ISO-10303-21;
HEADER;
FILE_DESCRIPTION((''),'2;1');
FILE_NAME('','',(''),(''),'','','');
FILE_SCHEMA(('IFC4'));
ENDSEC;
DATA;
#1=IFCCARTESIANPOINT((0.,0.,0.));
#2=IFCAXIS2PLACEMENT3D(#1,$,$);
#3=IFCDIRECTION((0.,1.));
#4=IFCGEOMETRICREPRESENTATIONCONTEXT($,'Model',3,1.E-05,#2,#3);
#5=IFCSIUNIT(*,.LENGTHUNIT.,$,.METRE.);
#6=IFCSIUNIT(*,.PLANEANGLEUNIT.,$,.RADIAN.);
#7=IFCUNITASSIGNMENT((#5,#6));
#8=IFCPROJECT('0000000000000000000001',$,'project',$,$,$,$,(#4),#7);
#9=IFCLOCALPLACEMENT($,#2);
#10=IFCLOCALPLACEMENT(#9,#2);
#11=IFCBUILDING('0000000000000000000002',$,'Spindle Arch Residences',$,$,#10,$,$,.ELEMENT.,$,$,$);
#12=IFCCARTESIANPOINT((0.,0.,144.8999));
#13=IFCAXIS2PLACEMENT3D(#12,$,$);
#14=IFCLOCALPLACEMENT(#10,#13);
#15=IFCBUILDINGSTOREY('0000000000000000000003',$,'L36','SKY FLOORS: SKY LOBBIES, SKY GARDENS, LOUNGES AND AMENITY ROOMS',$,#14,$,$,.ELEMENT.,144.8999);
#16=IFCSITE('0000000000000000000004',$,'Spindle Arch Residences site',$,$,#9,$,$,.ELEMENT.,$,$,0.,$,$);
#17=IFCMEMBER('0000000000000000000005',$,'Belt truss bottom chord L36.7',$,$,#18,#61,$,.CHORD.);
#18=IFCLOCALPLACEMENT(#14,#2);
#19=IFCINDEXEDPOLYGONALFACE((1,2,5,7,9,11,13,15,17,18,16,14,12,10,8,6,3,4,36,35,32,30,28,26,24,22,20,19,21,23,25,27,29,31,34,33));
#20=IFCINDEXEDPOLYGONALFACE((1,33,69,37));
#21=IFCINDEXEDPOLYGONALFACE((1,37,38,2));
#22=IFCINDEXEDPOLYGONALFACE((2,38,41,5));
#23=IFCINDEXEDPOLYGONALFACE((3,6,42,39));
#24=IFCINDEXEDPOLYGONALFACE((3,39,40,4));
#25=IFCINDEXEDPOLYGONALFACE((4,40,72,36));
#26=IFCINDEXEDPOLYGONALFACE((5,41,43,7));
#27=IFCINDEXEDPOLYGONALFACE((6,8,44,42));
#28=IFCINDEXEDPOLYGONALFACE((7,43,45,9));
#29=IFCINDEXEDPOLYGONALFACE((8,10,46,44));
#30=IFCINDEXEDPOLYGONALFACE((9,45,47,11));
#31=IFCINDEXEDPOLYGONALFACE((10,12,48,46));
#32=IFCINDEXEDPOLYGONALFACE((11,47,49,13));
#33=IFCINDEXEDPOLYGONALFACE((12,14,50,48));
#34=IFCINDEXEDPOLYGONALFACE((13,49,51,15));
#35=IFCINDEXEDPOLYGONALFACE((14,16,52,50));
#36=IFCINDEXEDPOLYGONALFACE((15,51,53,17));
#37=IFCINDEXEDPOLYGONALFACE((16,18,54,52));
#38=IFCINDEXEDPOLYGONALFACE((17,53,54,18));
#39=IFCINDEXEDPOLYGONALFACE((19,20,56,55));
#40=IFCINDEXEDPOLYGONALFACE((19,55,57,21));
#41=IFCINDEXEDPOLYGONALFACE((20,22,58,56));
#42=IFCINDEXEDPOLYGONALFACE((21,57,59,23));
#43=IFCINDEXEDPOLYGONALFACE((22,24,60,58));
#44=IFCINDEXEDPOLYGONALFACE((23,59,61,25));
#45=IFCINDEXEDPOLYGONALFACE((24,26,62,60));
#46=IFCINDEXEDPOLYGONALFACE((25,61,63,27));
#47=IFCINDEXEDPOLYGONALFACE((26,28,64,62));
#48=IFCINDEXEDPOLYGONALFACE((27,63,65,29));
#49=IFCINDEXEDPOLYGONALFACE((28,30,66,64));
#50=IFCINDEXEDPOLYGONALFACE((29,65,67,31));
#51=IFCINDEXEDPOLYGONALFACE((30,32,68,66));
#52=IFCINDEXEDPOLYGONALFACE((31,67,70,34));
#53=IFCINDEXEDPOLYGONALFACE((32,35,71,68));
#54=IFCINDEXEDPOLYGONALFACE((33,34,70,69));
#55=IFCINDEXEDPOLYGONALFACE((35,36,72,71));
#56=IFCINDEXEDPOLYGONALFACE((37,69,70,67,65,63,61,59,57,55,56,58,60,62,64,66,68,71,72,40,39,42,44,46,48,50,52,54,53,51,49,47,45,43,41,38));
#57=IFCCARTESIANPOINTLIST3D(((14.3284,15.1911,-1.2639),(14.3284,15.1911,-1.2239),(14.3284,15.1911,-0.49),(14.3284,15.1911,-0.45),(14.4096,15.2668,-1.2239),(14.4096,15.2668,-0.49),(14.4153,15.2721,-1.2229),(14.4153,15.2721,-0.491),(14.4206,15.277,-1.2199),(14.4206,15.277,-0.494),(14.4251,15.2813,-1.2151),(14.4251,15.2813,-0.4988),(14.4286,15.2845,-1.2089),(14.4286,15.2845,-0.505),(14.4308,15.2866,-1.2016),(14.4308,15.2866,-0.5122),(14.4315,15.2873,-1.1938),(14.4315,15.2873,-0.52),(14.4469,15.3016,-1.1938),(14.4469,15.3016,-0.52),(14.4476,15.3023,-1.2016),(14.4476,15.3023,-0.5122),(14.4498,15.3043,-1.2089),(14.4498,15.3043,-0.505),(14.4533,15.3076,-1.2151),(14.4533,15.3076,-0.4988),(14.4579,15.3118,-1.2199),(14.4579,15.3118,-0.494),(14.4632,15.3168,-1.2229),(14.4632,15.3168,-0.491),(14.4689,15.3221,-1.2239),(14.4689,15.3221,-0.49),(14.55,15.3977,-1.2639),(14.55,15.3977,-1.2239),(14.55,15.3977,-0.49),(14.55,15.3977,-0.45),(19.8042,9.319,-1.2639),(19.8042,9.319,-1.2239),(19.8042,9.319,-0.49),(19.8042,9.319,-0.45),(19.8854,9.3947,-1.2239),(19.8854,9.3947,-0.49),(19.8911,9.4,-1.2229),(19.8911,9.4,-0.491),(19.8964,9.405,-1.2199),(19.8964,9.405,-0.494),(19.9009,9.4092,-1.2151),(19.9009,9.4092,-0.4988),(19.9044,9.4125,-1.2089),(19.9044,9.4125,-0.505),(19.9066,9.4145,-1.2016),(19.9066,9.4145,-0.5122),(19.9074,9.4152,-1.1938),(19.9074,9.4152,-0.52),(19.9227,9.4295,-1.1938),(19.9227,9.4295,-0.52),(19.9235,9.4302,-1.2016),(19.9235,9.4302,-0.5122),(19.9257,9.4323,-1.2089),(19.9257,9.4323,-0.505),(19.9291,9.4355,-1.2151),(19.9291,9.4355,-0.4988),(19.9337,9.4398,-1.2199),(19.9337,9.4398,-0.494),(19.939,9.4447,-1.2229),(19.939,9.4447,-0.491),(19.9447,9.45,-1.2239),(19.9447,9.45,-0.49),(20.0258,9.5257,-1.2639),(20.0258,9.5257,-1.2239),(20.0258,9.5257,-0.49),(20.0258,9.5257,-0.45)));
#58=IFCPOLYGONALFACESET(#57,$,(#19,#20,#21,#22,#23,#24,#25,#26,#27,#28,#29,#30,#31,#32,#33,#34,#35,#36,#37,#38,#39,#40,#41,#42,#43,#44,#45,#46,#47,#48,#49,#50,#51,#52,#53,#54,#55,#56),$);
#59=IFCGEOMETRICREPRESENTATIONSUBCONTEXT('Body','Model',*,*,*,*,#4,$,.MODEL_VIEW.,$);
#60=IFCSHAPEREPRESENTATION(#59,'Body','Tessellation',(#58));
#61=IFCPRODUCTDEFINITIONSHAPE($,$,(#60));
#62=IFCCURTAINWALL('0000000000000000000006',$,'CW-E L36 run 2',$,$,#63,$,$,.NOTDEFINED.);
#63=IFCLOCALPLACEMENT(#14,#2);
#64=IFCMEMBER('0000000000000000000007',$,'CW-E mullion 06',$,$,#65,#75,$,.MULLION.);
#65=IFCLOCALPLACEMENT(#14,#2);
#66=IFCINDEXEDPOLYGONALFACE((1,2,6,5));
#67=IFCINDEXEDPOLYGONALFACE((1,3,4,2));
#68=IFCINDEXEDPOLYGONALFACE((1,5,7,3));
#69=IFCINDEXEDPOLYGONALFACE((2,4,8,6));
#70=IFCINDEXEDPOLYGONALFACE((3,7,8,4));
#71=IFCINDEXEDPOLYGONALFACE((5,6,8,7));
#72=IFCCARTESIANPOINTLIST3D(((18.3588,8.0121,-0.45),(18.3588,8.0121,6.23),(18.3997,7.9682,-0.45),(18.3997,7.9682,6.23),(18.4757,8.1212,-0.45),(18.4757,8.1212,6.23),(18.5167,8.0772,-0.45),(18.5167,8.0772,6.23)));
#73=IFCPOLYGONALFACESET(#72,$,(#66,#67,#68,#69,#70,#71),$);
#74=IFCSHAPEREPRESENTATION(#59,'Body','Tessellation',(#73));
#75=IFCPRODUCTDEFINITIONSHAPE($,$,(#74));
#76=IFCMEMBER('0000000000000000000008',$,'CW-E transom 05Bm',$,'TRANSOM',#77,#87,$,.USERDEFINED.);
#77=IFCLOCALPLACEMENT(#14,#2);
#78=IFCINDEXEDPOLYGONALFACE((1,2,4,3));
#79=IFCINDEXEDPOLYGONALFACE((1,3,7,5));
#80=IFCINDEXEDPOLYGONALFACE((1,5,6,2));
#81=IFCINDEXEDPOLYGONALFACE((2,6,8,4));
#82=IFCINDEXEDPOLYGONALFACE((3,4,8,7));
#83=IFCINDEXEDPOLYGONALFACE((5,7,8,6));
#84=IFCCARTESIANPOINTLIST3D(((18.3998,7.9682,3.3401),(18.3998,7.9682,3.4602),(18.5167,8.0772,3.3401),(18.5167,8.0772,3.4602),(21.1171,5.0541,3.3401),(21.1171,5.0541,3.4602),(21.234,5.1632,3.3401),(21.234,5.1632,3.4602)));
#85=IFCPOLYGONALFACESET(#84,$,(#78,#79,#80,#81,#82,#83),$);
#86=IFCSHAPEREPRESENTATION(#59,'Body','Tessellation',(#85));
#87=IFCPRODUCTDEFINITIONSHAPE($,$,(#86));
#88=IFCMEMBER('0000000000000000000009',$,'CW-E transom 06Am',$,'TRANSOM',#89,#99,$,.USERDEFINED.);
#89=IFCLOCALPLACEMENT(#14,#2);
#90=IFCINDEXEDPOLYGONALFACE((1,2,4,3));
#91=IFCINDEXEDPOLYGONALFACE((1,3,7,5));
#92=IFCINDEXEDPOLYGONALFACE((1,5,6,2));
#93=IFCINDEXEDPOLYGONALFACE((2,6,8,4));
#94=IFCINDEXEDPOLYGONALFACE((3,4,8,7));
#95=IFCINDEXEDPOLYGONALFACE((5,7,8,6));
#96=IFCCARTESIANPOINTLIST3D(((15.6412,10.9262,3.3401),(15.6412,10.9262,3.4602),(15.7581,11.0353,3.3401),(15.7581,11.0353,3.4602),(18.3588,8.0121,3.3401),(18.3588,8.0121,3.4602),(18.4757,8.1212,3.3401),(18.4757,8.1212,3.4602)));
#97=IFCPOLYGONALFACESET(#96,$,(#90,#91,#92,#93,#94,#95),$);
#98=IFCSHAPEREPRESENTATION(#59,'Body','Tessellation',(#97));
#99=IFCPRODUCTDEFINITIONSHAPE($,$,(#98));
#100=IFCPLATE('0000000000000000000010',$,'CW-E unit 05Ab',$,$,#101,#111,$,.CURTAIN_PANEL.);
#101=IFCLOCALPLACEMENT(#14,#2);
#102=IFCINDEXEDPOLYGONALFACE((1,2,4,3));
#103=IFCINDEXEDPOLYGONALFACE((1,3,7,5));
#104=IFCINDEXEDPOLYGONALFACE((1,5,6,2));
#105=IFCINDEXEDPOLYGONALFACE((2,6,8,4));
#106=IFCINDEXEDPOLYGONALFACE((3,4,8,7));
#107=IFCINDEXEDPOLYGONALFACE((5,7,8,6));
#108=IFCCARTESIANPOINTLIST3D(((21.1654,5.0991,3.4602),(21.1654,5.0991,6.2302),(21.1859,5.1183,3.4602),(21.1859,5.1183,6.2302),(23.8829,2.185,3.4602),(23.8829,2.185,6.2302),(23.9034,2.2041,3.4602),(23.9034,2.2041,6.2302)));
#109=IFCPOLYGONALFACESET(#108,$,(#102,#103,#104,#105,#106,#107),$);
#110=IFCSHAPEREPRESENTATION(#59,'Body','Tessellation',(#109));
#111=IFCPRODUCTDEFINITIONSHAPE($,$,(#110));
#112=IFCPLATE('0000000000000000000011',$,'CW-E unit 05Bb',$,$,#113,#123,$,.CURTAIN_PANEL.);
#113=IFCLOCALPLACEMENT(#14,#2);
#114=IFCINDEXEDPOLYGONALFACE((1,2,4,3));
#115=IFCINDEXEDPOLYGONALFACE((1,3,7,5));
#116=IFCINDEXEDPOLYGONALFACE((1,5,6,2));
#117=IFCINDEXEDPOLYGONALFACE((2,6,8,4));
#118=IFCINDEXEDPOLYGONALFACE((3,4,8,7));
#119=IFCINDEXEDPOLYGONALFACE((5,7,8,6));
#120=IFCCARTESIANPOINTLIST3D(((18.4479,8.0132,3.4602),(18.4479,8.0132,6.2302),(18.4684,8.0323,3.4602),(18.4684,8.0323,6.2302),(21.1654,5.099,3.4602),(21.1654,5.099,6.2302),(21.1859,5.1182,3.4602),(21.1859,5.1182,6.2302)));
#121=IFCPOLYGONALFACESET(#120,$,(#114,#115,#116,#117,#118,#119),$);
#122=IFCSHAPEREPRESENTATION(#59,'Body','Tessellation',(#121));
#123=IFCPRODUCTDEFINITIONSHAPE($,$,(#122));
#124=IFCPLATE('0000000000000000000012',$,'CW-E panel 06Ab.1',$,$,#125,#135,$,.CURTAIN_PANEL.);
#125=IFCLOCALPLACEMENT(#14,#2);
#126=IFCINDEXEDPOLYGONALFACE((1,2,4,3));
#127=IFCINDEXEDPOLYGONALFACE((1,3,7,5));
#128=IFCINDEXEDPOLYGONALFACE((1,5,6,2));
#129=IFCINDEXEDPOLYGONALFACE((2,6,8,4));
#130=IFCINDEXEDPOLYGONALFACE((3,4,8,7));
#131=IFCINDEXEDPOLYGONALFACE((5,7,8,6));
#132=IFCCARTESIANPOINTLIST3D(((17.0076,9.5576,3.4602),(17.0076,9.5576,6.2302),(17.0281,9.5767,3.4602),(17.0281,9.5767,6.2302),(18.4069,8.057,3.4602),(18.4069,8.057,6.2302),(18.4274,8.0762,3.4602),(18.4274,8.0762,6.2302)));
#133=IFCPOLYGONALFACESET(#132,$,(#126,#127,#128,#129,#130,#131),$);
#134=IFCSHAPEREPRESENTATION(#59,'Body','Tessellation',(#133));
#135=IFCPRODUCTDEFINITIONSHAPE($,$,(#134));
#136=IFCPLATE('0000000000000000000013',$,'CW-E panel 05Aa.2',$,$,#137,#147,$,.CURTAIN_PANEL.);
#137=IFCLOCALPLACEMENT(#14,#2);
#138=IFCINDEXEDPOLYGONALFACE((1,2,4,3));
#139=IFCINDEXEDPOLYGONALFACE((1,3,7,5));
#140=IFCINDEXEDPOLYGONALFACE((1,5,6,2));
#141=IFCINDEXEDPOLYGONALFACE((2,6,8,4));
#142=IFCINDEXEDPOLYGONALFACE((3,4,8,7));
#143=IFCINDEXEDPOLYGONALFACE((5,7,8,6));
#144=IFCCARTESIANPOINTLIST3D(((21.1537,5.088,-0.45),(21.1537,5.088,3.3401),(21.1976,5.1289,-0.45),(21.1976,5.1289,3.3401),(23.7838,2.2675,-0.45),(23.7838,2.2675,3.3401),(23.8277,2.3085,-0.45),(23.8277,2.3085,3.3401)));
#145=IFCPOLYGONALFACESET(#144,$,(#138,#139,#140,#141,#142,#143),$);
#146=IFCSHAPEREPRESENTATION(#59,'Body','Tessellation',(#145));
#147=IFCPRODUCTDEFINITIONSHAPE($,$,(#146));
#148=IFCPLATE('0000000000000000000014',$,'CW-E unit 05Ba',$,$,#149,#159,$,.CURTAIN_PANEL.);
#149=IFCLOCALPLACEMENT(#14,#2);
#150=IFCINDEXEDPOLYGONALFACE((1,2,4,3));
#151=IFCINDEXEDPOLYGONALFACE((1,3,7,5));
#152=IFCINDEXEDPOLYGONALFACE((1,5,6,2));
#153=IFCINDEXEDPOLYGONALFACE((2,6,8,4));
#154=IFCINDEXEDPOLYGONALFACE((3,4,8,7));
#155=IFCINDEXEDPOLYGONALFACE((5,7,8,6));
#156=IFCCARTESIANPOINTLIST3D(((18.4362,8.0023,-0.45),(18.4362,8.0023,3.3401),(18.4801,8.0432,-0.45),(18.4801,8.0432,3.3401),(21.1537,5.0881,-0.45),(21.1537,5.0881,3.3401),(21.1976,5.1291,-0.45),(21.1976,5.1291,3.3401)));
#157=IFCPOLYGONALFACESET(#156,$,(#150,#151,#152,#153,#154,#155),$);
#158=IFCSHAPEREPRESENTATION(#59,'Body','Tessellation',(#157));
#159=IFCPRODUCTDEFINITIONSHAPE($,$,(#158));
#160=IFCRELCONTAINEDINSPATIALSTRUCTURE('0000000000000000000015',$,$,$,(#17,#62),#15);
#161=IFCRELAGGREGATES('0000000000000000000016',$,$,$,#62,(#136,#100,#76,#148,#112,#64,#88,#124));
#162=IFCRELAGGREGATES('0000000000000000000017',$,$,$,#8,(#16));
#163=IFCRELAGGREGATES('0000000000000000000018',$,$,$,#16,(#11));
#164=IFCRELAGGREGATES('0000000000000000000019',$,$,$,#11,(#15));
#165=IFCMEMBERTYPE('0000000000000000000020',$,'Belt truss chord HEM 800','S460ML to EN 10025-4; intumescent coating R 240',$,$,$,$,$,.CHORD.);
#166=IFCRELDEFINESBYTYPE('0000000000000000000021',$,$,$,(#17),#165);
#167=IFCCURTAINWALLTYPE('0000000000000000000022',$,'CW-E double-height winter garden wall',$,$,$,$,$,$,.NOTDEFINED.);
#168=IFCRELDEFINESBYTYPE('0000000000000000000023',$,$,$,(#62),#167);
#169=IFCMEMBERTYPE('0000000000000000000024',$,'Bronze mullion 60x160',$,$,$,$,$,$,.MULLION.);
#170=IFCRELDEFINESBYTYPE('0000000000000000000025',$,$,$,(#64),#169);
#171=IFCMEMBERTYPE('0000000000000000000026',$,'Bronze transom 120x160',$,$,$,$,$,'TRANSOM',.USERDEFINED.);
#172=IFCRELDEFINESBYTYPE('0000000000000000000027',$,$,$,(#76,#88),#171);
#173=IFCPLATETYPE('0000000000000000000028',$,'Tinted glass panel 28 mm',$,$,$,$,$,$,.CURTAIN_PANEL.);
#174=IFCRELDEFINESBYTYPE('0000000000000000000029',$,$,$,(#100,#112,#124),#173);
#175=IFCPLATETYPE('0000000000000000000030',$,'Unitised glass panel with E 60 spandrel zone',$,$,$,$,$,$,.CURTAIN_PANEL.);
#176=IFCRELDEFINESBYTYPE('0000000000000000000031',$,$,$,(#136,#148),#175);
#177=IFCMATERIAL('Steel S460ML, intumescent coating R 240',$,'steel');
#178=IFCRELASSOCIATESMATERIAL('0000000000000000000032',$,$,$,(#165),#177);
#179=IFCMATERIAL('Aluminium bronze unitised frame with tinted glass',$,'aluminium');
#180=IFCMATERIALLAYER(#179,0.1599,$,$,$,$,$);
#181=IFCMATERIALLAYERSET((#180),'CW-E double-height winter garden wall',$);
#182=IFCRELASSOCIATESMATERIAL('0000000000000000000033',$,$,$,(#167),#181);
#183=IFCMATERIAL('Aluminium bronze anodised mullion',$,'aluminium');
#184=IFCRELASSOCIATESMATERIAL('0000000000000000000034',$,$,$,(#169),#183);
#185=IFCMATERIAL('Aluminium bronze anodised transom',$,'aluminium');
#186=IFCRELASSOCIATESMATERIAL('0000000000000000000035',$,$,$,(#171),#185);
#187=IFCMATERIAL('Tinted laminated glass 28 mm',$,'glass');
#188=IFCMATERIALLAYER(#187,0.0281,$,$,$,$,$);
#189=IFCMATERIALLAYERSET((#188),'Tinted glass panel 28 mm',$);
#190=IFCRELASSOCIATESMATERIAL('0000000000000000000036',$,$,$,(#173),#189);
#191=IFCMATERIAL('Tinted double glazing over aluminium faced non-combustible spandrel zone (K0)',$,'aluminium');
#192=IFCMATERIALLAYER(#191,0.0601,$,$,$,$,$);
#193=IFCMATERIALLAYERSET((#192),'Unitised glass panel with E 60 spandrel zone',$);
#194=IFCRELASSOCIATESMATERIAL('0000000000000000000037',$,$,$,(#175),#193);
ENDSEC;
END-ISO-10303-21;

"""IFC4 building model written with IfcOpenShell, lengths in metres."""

from ifc_helpers import new_model, si_unit, direction, frame, origin, origin_2d, place, context, subcontext, project, spatial, rectangle, i_section, extrude, material, layer, layer_set, material_profile, profile_set, type_object, element, aggregate, save


model = new_model("IFC4")

# Units and contexts
model_context = context("Model", 3, precision=1e-05, world=origin(), true_north=direction((0.0, 1.0)))
body_context = subcontext(model_context, "Body", "Model", "MODEL_VIEW")
ifc_project = project(units=[si_unit("LENGTHUNIT", "METRE"), si_unit("PLANEANGLEUNIT", "RADIAN")], contexts=[model_context])

# Site, building, storey
site_placement = place(None, origin())
site = spatial("IfcSite", under=ifc_project, at=site_placement, Name="Spindle Arch Residences site", CompositionType="ELEMENT", RefElevation=0.0)
building_placement = place(site_placement, origin())
building = spatial("IfcBuilding", under=site, at=building_placement, Name="Spindle Arch Residences", CompositionType="ELEMENT")
storey_placement = place(building_placement, frame((0.0, 0.0, 144.8999)))
storey = spatial("IfcBuildingStorey", under=building, at=storey_placement, Name="L36", Description="SKY FLOORS: SKY LOBBIES, SKY GARDENS, LOUNGES AND AMENITY ROOMS", CompositionType="ELEMENT", Elevation=144.8999)

# Member
ifc_material_1 = material(Name="Steel S460ML, intumescent coating R 240", Category="steel")
ifc_material_profile_1 = material_profile(ifc_material_1, i_section(OverallWidth=0.303, OverallDepth=0.814, WebThickness=0.021, FlangeThickness=0.04, FilletRadius=0.03, at=origin_2d()), Name="HEM 800")
ifc_profile_set_1 = profile_set([ifc_material_profile_1], Name="Steel S460ML, intumescent coating R 240")
member_type_1 = type_object("IfcMemberType", Name="Belt truss chord HEM 800", Description="S460ML to EN 10025-4; intumescent coating R 240", PredefinedType="CHORD", material=ifc_profile_set_1)
member_1_placement = place(storey_placement, frame((19.915, 9.4224, -0.8569), z_axis=(-0.682001, 0.731351, 0.0), x_axis=(-0.731351, -0.682001, 0.0)))
element("IfcMember", 1, at=member_1_placement, inside=storey, type_object=member_type_1, Name="Belt truss bottom chord L36.7", PredefinedType="CHORD", context=body_context, shape_type="SweptSolid", body=[
    extrude(i_section(OverallWidth=0.303, OverallDepth=0.814, WebThickness=0.021, FlangeThickness=0.04, FilletRadius=0.03, at=origin_2d()), origin(), (0.0, 0.0, 1.0), 8.0291),
])

# Curtain wall, members, plates
ifc_material_2 = material(Name="Aluminium bronze unitised frame with tinted glass", Category="aluminium")
ifc_layer_1 = layer(ifc_material_2, 0.1599)
ifc_layer_set_1 = layer_set([ifc_layer_1], Name="CW-E double-height winter garden wall")
curtain_wall_type = type_object("IfcCurtainWallType", Name="CW-E double-height winter garden wall", PredefinedType="NOTDEFINED", material=ifc_layer_set_1)
curtain_wall_placement = place(storey_placement, origin())
curtain_wall = element("IfcCurtainWall", 2, at=curtain_wall_placement, inside=storey, type_object=curtain_wall_type, Name="CW-E L36 run 2", PredefinedType="NOTDEFINED")
ifc_material_3 = material(Name="Aluminium bronze anodised mullion", Category="aluminium")
ifc_material_profile_2 = material_profile(ifc_material_3, rectangle(XDim=0.1599, YDim=0.0601, at=origin_2d()), Name="MU 60x160")
ifc_profile_set_2 = profile_set([ifc_material_profile_2], Name="Aluminium bronze anodised mullion")
member_type_2 = type_object("IfcMemberType", Name="Bronze mullion 60x160", PredefinedType="MULLION", material=ifc_profile_set_2)
member_2_placement = place(storey_placement, frame((18.4377, 8.0447, -0.45), z_axis=(0.0, 0.0, 1.0), x_axis=(-0.731354, -0.681998, 0.0)))
member_2 = element("IfcMember", 3, at=member_2_placement, type_object=member_type_2, Name="CW-E mullion 06", PredefinedType="MULLION", context=body_context, shape_type="SweptSolid", body=[
    extrude(rectangle(XDim=0.1599, YDim=0.0601, at=origin_2d()), origin(), (0.0, 0.0, 1.0), 6.6799),
])
ifc_material_4 = material(Name="Aluminium bronze anodised transom", Category="aluminium")
ifc_material_profile_3 = material_profile(ifc_material_4, rectangle(XDim=0.1599, YDim=0.1201, at=origin_2d()), Name="TR 120x160")
ifc_profile_set_3 = profile_set([ifc_material_profile_3], Name="Aluminium bronze anodised transom")
member_type_3 = type_object("IfcMemberType", Name="Bronze transom 120x160", ElementType="TRANSOM", PredefinedType="USERDEFINED", material=ifc_profile_set_3)
member_3_placement = place(storey_placement, frame((21.1755, 5.1086, 3.4001), z_axis=(-0.681982, 0.731369, 0.0), x_axis=(-0.731369, -0.681982, 0.0)))
member_3 = element("IfcMember", 4, at=member_3_placement, type_object=member_type_3, Name="CW-E transom 05Bm", ObjectType="TRANSOM", PredefinedType="USERDEFINED", context=body_context, shape_type="SweptSolid", body=[
    extrude(rectangle(XDim=0.1599, YDim=0.1201, at=origin_2d()), origin(), (0.0, 0.0, 1.0), 3.9844),
])
member_4_placement = place(storey_placement, frame((18.4172, 8.0667, 3.4001), z_axis=(-0.682015, 0.731338, 0.0), x_axis=(-0.731338, -0.682015, 0.0)))
member_4 = element("IfcMember", 5, at=member_4_placement, type_object=member_type_3, Name="CW-E transom 06Am", ObjectType="TRANSOM", PredefinedType="USERDEFINED", context=body_context, shape_type="SweptSolid", body=[
    extrude(rectangle(XDim=0.1599, YDim=0.1201, at=origin_2d()), origin(), (0.0, 0.0, 1.0), 3.9846),
])
ifc_material_5 = material(Name="Tinted laminated glass 28 mm", Category="glass")
ifc_layer_2 = layer(ifc_material_5, 0.0281)
ifc_layer_set_2 = layer_set([ifc_layer_2], Name="Tinted glass panel 28 mm")
plate_type_1 = type_object("IfcPlateType", Name="Tinted glass panel 28 mm", PredefinedType="CURTAIN_PANEL", material=ifc_layer_set_2)
plate_1_placement = place(storey_placement, frame((22.5344, 3.6516, 3.4602), z_axis=(0.0, 0.0, 1.0), x_axis=(-0.681998, 0.731354, 0.0)))
plate_1 = element("IfcPlate", 6, at=plate_1_placement, type_object=plate_type_1, Name="CW-E unit 05Ab", PredefinedType="CURTAIN_PANEL", context=body_context, shape_type="SweptSolid", body=[
    extrude(rectangle(XDim=3.9846, YDim=0.0281, at=origin_2d()), origin(), (0.0, 0.0, 1.0), 2.77),
])
plate_2_placement = place(storey_placement, frame((19.8169, 6.5657, 3.4602), z_axis=(0.0, 0.0, 1.0), x_axis=(-0.681998, 0.731354, 0.0)))
plate_2 = element("IfcPlate", 7, at=plate_2_placement, type_object=plate_type_1, Name="CW-E unit 05Bb", PredefinedType="CURTAIN_PANEL", context=body_context, shape_type="SweptSolid", body=[
    extrude(rectangle(XDim=3.9846, YDim=0.0281, at=origin_2d()), origin(), (0.0, 0.0, 1.0), 2.77),
])
plate_3_placement = place(storey_placement, frame((17.7175, 8.8169, 3.4602), z_axis=(0.0, 0.0, 1.0), x_axis=(-0.681998, 0.731354, 0.0)))
plate_3 = element("IfcPlate", 8, at=plate_3_placement, type_object=plate_type_1, Name="CW-E panel 06Ab.1", PredefinedType="CURTAIN_PANEL", context=body_context, shape_type="SweptSolid", body=[
    extrude(rectangle(XDim=2.0518, YDim=0.0281, at=origin_2d()), origin(), (0.0, 0.0, 1.0), 2.77),
])
ifc_material_6 = material(Name="Tinted double glazing over aluminium faced non-combustible spandrel zone (K0)", Category="aluminium")
ifc_layer_3 = layer(ifc_material_6, 0.0601)
ifc_layer_set_3 = layer_set([ifc_layer_3], Name="Unitised glass panel with E 60 spandrel zone")
plate_type_2 = type_object("IfcPlateType", Name="Unitised glass panel with E 60 spandrel zone", PredefinedType="CURTAIN_PANEL", material=ifc_layer_set_3)
plate_4_placement = place(storey_placement, frame((22.4907, 3.6982, -0.45), z_axis=(0.0, 0.0, 1.0), x_axis=(-0.681998, 0.731354, 0.0)))
plate_4 = element("IfcPlate", 9, at=plate_4_placement, type_object=plate_type_2, Name="CW-E panel 05Aa.2", PredefinedType="CURTAIN_PANEL", context=body_context, shape_type="SweptSolid", body=[
    extrude(rectangle(XDim=3.8564, YDim=0.0601, at=origin_2d()), origin(), (0.0, 0.0, 1.0), 3.79),
])
plate_5_placement = place(storey_placement, frame((19.8169, 6.5657, -0.45), z_axis=(0.0, 0.0, 1.0), x_axis=(-0.681998, 0.731354, 0.0)))
plate_5 = element("IfcPlate", 10, at=plate_5_placement, type_object=plate_type_2, Name="CW-E unit 05Ba", PredefinedType="CURTAIN_PANEL", context=body_context, shape_type="SweptSolid", body=[
    extrude(rectangle(XDim=3.9846, YDim=0.0601, at=origin_2d()), origin(), (0.0, 0.0, 1.0), 3.79),
])
aggregate(curtain_wall, [plate_4, plate_1, member_3, plate_5, plate_2, member_2, member_4, plate_3])

save(model, "model.ifc")
